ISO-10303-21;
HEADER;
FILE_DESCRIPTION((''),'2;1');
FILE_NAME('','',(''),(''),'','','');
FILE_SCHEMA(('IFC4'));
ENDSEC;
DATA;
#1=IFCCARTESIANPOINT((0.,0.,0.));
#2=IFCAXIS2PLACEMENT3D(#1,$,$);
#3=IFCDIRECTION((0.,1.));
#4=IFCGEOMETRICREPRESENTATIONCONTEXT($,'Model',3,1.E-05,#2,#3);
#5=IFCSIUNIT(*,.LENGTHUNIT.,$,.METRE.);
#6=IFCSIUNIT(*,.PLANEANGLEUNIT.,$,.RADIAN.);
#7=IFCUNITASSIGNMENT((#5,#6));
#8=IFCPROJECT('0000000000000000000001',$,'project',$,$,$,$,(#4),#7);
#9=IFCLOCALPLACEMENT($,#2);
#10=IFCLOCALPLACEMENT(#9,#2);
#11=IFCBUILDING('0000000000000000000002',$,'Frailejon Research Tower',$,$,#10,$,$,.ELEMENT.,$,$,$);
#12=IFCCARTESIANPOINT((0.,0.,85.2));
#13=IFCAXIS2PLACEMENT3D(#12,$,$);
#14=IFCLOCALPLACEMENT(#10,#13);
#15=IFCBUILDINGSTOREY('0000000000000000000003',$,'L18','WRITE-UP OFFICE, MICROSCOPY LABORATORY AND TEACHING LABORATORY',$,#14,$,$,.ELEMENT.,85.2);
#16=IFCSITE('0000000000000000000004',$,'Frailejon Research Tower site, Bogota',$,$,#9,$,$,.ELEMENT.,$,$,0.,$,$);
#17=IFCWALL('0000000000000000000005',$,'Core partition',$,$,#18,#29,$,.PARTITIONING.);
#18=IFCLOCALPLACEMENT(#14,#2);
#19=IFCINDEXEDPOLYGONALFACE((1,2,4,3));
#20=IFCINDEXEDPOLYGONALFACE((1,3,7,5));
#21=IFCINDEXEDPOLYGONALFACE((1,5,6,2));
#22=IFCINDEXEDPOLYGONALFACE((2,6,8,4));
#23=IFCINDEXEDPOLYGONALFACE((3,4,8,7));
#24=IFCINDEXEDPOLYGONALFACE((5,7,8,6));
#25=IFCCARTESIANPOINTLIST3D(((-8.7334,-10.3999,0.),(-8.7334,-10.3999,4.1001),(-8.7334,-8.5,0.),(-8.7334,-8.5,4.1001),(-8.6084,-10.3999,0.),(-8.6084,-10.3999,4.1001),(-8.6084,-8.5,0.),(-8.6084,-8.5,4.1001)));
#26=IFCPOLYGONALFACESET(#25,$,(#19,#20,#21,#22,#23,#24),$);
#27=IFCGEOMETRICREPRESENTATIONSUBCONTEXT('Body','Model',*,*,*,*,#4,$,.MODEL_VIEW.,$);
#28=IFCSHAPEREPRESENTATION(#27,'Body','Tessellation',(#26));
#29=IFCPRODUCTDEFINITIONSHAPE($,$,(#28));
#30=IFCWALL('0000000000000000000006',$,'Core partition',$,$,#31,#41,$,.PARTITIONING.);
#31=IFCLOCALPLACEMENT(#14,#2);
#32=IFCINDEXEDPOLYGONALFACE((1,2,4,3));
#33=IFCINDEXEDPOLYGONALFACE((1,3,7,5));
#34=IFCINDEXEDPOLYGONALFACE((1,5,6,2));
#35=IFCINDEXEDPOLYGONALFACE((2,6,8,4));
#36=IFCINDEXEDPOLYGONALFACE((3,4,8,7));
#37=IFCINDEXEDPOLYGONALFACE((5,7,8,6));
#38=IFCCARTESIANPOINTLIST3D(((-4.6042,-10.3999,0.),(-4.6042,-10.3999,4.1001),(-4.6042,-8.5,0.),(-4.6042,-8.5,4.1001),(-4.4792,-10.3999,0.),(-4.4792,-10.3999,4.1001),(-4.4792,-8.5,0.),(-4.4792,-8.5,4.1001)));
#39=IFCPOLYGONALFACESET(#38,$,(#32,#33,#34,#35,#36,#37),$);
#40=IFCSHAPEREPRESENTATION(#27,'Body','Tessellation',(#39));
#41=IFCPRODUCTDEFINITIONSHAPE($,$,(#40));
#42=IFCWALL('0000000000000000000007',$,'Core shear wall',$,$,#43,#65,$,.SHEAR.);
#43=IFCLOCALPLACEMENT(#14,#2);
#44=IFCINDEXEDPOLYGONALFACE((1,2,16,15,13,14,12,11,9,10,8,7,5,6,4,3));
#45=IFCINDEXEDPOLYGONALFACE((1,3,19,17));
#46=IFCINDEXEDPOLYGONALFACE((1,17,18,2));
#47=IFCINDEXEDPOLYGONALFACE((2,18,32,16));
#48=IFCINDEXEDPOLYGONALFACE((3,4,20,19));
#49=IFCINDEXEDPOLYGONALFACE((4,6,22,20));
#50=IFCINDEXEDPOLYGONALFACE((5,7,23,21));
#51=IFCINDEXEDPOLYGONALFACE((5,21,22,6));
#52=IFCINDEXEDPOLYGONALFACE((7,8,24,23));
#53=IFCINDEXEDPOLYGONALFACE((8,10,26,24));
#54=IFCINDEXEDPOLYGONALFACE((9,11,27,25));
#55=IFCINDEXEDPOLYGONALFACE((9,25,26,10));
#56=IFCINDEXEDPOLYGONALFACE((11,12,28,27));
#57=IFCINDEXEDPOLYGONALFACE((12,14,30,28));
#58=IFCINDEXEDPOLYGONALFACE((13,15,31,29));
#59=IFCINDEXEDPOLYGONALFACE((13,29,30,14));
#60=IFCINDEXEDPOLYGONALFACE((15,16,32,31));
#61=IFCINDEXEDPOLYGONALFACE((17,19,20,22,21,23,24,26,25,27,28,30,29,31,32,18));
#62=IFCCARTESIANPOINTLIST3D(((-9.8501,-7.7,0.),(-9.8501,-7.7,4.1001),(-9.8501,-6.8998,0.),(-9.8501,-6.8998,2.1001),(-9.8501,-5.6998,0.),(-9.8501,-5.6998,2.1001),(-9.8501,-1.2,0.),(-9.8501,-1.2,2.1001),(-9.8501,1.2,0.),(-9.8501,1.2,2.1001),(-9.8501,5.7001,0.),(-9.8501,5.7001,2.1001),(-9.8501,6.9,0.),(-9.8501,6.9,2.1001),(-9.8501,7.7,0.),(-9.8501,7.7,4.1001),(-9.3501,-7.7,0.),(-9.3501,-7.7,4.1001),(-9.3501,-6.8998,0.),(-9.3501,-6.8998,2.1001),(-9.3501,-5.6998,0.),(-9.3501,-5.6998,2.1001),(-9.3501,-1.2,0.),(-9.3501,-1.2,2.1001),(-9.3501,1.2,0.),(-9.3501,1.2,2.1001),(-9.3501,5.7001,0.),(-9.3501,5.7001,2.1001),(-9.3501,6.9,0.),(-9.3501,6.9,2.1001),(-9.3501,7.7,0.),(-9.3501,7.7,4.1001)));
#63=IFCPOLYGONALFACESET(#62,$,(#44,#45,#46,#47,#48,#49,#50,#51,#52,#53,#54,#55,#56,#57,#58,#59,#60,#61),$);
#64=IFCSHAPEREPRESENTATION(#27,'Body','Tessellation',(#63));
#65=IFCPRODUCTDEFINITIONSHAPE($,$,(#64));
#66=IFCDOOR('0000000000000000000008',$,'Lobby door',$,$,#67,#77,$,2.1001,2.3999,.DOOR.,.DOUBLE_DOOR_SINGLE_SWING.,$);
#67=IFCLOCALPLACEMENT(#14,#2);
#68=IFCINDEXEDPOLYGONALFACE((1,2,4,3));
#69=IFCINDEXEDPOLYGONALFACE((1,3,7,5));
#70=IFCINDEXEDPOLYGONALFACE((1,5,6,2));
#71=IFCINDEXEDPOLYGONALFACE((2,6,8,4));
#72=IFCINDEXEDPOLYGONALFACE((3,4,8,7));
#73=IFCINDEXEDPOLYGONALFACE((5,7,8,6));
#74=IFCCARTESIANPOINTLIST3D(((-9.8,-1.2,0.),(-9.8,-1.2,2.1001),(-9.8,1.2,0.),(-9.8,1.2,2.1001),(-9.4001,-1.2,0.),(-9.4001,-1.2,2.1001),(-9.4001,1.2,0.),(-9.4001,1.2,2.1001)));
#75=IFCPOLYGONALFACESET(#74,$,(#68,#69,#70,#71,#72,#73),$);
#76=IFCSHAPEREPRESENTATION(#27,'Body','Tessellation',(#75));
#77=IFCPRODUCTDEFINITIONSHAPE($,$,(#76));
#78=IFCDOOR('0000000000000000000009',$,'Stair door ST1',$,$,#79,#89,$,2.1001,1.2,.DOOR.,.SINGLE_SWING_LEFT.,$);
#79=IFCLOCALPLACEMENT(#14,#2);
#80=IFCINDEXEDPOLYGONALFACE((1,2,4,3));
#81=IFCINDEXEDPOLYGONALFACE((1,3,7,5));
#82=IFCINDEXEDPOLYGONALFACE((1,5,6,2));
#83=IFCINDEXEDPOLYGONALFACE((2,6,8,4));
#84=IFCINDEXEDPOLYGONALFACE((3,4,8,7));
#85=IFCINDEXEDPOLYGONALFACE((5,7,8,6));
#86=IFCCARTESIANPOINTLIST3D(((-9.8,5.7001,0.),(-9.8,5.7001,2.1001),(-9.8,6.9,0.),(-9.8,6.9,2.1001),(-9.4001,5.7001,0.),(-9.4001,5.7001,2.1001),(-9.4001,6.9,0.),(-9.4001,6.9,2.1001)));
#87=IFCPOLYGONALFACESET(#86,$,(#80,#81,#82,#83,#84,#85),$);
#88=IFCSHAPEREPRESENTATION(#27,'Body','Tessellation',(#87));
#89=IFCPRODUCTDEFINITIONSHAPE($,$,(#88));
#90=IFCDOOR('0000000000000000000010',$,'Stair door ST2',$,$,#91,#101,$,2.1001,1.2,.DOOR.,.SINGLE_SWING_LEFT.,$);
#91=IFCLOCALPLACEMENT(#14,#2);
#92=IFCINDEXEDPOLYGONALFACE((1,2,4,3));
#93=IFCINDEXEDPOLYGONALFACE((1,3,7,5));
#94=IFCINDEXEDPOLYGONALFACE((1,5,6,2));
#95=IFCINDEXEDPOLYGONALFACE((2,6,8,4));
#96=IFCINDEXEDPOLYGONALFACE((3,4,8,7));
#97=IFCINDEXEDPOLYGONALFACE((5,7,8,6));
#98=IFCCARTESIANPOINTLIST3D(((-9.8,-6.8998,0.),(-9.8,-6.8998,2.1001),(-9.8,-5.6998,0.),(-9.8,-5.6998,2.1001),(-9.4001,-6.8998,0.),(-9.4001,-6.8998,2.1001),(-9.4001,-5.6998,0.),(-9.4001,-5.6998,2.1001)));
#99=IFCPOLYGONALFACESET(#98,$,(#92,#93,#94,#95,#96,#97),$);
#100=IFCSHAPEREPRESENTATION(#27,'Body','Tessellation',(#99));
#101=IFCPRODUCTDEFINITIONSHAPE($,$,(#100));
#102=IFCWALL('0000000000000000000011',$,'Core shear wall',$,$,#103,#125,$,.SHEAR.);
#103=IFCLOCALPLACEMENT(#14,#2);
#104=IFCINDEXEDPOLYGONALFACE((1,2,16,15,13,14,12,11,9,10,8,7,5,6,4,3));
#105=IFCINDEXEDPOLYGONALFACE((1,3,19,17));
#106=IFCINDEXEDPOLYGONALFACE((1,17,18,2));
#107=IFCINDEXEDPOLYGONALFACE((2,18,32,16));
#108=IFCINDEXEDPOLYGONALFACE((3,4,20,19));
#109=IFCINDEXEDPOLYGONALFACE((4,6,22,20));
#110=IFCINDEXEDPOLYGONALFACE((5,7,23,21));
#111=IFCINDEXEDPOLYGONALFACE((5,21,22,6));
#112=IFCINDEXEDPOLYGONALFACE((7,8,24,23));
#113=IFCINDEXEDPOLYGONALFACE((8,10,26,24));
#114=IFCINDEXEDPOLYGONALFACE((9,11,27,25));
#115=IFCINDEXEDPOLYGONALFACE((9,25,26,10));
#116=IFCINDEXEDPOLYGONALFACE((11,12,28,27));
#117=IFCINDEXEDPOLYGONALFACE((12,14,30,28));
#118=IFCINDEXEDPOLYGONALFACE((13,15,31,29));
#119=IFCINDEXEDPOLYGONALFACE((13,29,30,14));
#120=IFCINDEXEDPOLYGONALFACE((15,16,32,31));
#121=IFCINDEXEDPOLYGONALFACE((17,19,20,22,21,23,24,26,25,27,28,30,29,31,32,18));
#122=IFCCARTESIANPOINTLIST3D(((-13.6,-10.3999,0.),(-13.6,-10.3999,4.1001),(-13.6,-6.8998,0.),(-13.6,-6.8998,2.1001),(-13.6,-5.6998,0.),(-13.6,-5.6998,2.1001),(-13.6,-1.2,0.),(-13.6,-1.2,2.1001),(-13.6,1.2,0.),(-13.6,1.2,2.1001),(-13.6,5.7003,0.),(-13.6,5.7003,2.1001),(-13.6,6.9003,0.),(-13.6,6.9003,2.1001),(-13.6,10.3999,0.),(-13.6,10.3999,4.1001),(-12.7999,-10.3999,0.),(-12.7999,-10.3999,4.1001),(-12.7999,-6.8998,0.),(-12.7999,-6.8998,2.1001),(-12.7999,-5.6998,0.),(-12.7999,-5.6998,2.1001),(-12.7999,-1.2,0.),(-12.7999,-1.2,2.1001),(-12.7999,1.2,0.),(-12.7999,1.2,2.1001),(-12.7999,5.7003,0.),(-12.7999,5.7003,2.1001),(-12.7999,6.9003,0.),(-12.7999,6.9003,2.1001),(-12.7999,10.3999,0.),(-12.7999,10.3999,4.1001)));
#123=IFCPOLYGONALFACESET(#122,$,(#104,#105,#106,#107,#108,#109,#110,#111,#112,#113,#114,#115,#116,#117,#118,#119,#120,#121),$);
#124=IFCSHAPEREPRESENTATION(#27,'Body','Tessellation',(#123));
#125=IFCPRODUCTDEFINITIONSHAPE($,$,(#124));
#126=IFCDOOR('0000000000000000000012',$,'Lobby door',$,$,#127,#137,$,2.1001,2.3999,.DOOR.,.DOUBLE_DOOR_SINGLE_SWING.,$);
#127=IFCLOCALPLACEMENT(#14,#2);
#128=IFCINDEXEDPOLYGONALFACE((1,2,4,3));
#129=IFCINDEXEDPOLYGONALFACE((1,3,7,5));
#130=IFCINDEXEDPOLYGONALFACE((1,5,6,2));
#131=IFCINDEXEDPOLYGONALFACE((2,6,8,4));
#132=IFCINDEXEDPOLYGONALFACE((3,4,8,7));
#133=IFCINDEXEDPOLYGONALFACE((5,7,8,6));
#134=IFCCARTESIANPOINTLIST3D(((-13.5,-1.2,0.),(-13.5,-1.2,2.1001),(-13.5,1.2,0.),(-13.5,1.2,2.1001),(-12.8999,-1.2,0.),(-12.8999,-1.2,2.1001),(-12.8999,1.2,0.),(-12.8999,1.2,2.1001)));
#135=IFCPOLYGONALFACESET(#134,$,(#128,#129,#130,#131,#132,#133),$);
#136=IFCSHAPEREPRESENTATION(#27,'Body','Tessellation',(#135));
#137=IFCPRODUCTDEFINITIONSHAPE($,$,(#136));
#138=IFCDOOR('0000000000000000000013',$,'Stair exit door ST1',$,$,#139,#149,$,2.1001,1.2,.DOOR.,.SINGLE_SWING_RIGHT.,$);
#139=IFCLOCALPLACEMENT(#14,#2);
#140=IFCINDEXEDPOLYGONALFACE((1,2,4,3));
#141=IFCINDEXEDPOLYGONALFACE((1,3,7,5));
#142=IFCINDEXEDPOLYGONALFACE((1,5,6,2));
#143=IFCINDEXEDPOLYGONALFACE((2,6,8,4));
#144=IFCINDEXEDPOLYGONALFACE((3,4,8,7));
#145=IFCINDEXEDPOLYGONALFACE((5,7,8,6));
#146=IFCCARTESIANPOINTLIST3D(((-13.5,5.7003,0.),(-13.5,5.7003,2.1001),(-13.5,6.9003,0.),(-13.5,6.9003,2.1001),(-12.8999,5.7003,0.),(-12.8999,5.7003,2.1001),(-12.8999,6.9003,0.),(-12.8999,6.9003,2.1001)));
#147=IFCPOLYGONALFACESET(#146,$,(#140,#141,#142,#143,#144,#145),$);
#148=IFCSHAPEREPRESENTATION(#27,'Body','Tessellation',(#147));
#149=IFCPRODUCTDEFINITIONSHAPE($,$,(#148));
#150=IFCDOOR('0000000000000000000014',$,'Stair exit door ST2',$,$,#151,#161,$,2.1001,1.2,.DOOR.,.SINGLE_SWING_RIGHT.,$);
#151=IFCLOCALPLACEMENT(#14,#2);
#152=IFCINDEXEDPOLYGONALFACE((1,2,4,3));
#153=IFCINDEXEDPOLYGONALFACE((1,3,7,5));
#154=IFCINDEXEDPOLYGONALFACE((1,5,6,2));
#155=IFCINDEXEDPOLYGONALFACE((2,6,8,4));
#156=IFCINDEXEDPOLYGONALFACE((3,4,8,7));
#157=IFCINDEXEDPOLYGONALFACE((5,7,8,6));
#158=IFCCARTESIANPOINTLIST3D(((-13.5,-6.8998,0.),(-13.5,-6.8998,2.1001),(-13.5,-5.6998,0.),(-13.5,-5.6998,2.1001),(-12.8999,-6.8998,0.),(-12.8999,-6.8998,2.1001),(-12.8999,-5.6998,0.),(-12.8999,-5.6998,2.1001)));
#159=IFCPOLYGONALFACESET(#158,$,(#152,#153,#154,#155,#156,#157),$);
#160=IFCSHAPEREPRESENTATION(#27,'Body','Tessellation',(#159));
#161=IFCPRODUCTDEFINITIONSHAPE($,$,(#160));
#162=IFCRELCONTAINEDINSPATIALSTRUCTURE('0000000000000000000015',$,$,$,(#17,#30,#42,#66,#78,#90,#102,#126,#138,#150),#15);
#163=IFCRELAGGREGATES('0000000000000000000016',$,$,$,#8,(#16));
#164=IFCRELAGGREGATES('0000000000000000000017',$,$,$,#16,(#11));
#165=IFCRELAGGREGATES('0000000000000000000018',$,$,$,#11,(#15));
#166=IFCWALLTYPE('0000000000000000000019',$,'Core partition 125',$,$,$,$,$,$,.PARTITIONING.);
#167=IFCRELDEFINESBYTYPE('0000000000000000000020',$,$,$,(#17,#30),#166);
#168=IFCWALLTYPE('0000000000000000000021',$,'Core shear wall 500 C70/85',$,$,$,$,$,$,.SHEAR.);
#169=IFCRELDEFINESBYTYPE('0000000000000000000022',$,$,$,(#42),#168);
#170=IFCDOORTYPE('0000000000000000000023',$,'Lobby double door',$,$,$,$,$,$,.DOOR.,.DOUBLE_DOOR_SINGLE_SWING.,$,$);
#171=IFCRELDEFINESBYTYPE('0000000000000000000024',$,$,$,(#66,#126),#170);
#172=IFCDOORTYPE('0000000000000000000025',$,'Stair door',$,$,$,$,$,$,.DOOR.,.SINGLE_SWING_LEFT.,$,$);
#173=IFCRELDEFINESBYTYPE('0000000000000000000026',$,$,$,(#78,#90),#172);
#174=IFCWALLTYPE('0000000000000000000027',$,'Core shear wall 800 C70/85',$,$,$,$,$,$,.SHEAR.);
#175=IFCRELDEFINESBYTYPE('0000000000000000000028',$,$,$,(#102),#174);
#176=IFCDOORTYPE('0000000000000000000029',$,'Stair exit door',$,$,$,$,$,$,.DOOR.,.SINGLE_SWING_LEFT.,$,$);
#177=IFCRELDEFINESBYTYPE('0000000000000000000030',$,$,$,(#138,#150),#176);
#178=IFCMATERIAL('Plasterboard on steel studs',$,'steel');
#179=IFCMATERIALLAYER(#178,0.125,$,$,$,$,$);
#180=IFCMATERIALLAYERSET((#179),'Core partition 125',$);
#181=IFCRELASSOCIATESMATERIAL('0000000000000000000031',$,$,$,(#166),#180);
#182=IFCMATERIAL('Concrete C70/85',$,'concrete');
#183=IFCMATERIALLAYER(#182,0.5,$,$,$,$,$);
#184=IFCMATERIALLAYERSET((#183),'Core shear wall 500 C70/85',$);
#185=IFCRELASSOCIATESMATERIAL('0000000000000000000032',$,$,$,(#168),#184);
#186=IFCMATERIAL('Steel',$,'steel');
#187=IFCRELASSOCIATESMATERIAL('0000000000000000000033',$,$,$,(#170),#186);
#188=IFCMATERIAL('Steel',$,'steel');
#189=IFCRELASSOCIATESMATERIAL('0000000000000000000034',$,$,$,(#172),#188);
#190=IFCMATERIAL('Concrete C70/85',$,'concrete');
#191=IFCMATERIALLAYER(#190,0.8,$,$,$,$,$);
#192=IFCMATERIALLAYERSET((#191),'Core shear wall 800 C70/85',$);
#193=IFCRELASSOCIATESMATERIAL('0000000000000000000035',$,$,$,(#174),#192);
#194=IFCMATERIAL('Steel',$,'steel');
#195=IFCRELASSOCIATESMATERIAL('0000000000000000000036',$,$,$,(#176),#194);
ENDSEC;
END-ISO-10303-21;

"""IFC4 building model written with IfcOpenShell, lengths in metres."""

from ifc_helpers import new_model, si_unit, direction, frame, frame_2d, origin, place, context, subcontext, project, spatial, rectangle, extrude, material, layer, layer_set, type_object, element, fill, save


model = new_model("IFC4")

# Units and contexts
model_context = context("Model", 3, precision=1e-05, world=origin(), true_north=direction((0.0, 1.0)))
body_context = subcontext(model_context, "Body", "Model", "MODEL_VIEW")
ifc_project = project(units=[si_unit("LENGTHUNIT", "METRE"), si_unit("PLANEANGLEUNIT", "RADIAN")], contexts=[model_context])

# Site, building, storey
site_placement = place(None, origin())
site = spatial("IfcSite", under=ifc_project, at=site_placement, Name="Frailejon Research Tower site, Bogota", CompositionType="ELEMENT", RefElevation=0.0)
building_placement = place(site_placement, origin())
building = spatial("IfcBuilding", under=site, at=building_placement, Name="Frailejon Research Tower", CompositionType="ELEMENT")
storey_placement = place(building_placement, frame((0.0, 0.0, 85.2)))
storey = spatial("IfcBuildingStorey", under=building, at=storey_placement, Name="L18", Description="WRITE-UP OFFICE, MICROSCOPY LABORATORY AND TEACHING LABORATORY", CompositionType="ELEMENT", Elevation=85.2)

# Walls
ifc_material_1 = material(Name="Plasterboard on steel studs", Category="steel")
ifc_layer_1 = layer(ifc_material_1, 0.125)
ifc_layer_set_1 = layer_set([ifc_layer_1], Name="Core partition 125")
wall_type_1 = type_object("IfcWallType", Name="Core partition 125", PredefinedType="PARTITIONING", material=ifc_layer_set_1)
for number, where, z_axis, x_axis, name in (
    (1, (-8.6709, -10.3999, 0.0), (0.0, 0.0, 1.0), (0.0, 1.0, 0.0), "Core partition"),
    (2, (-4.5417, -10.3999, 0.0), (0.0, 0.0, 1.0), (0.0, 1.0, 0.0), "Core partition"),
):
    element("IfcWall", number, at=place(storey_placement, frame(where, z_axis=z_axis, x_axis=x_axis)), inside=storey, type_object=wall_type_1, Name=name, PredefinedType="PARTITIONING", context=body_context, shape_type="SweptSolid", body=[
        extrude(rectangle(XDim=1.8999, YDim=0.125, at=frame_2d((0.95, 0.0))), origin(), (0.0, 0.0, 1.0), 4.1001),
    ])

# Walls, openings, doors
ifc_material_2 = material(Name="Concrete C70/85", Category="concrete")
ifc_layer_2 = layer(ifc_material_2, 0.5)
ifc_layer_set_2 = layer_set([ifc_layer_2], Name="Core shear wall 500 C70/85")
wall_type_2 = type_object("IfcWallType", Name="Core shear wall 500 C70/85", PredefinedType="SHEAR", material=ifc_layer_set_2)
wall_1_placement = place(storey_placement, frame((-9.6001, -7.7, 0.0), z_axis=(0.0, 0.0, 1.0), x_axis=(0.0, 1.0, 0.0)))
wall_1 = element("IfcWall", 3, at=wall_1_placement, inside=storey, type_object=wall_type_2, Name="Core shear wall", PredefinedType="SHEAR", context=body_context, shape_type="SweptSolid", body=[
    extrude(rectangle(XDim=15.3999, YDim=0.5, at=frame_2d((7.7, 0.0))), origin(), (0.0, 0.0, 1.0), 4.1001),
])
opening_1_placement = place(wall_1_placement, frame((6.5, 0.0, 0.0)))
opening_1 = element("IfcOpeningElement", 4, at=opening_1_placement, cuts=wall_1, PredefinedType="OPENING", context=body_context, shape_type="SweptSolid", body=[
    extrude(rectangle(XDim=2.3999, YDim=2.1001, at=frame_2d((1.2, 1.05))), frame((0.0, 0.26, 0.0), z_axis=(0.0, -1.0, 0.0), x_axis=(1.0, 0.0, 0.0)), (0.0, 0.0, 1.0), 0.52),
])
opening_2_placement = place(wall_1_placement, frame((13.3999, 0.0, 0.0)))
opening_2 = element("IfcOpeningElement", 5, at=opening_2_placement, cuts=wall_1, PredefinedType="OPENING", context=body_context, shape_type="SweptSolid", body=[
    extrude(rectangle(XDim=1.2, YDim=2.1001, at=frame_2d((0.6001, 1.05))), frame((0.0, 0.26, 0.0), z_axis=(0.0, -1.0, 0.0), x_axis=(1.0, 0.0, 0.0)), (0.0, 0.0, 1.0), 0.52),
])
opening_3_placement = place(wall_1_placement, frame((0.8, 0.0, 0.0)))
opening_3 = element("IfcOpeningElement", 6, at=opening_3_placement, cuts=wall_1, PredefinedType="OPENING", context=body_context, shape_type="SweptSolid", body=[
    extrude(rectangle(XDim=1.2, YDim=2.1001, at=frame_2d((0.6001, 1.05))), frame((0.0, 0.26, 0.0), z_axis=(0.0, -1.0, 0.0), x_axis=(1.0, 0.0, 0.0)), (0.0, 0.0, 1.0), 0.52),
])
ifc_material_3 = material(Name="Steel", Category="steel")
door_type_1 = type_object("IfcDoorType", Name="Lobby double door", OperationType="DOUBLE_DOOR_SINGLE_SWING", PredefinedType="DOOR", material=ifc_material_3)
door_1_placement = place(opening_1_placement, origin())
door_1 = element("IfcDoor", 7, at=door_1_placement, inside=storey, type_object=door_type_1, Name="Lobby door", OperationType="DOUBLE_DOOR_SINGLE_SWING", OverallHeight=2.1001, OverallWidth=2.3999, PredefinedType="DOOR", context=body_context, shape_type="SweptSolid", body=[
    extrude(rectangle(XDim=2.3999, YDim=2.1001, at=frame_2d((1.2, 1.05))), frame((0.0, 0.2, 0.0), z_axis=(0.0, -1.0, 0.0), x_axis=(1.0, 0.0, 0.0)), (0.0, 0.0, 1.0), 0.3999),
])
fill(opening_1, door_1)
ifc_material_4 = material(Name="Steel", Category="steel")
door_type_2 = type_object("IfcDoorType", Name="Stair door", OperationType="SINGLE_SWING_LEFT", PredefinedType="DOOR", material=ifc_material_4)
door_2_placement = place(opening_2_placement, origin())
door_2 = element("IfcDoor", 8, at=door_2_placement, inside=storey, type_object=door_type_2, Name="Stair door ST1", OperationType="SINGLE_SWING_LEFT", OverallHeight=2.1001, OverallWidth=1.2, PredefinedType="DOOR", context=body_context, shape_type="SweptSolid", body=[
    extrude(rectangle(XDim=1.2, YDim=2.1001, at=frame_2d((0.6001, 1.05))), frame((0.0, 0.2, 0.0), z_axis=(0.0, -1.0, 0.0), x_axis=(1.0, 0.0, 0.0)), (0.0, 0.0, 1.0), 0.3999),
])
fill(opening_2, door_2)
door_3_placement = place(opening_3_placement, origin())
door_3 = element("IfcDoor", 9, at=door_3_placement, inside=storey, type_object=door_type_2, Name="Stair door ST2", OperationType="SINGLE_SWING_LEFT", OverallHeight=2.1001, OverallWidth=1.2, PredefinedType="DOOR", context=body_context, shape_type="SweptSolid", body=[
    extrude(rectangle(XDim=1.2, YDim=2.1001, at=frame_2d((0.6001, 1.05))), frame((0.0, 0.2, 0.0), z_axis=(0.0, -1.0, 0.0), x_axis=(1.0, 0.0, 0.0)), (0.0, 0.0, 1.0), 0.3999),
])
fill(opening_3, door_3)
ifc_material_5 = material(Name="Concrete C70/85", Category="concrete")
ifc_layer_3 = layer(ifc_material_5, 0.8)
ifc_layer_set_3 = layer_set([ifc_layer_3], Name="Core shear wall 800 C70/85")
wall_type_3 = type_object("IfcWallType", Name="Core shear wall 800 C70/85", PredefinedType="SHEAR", material=ifc_layer_set_3)
wall_2_placement = place(storey_placement, frame((-13.2, -10.3999, 0.0), z_axis=(0.0, 0.0, 1.0), x_axis=(0.0, 1.0, 0.0)))
wall_2 = element("IfcWall", 10, at=wall_2_placement, inside=storey, type_object=wall_type_3, Name="Core shear wall", PredefinedType="SHEAR", context=body_context, shape_type="SweptSolid", body=[
    extrude(rectangle(XDim=20.7998, YDim=0.8, at=frame_2d((10.3999, 0.0))), origin(), (0.0, 0.0, 1.0), 4.1001),
])
opening_4_placement = place(wall_2_placement, frame((9.2, 0.0, 0.0)))
opening_4 = element("IfcOpeningElement", 11, at=opening_4_placement, cuts=wall_2, PredefinedType="OPENING", context=body_context, shape_type="SweptSolid", body=[
    extrude(rectangle(XDim=2.3999, YDim=2.1001, at=frame_2d((1.2, 1.05))), frame((0.0, 0.4099, 0.0), z_axis=(0.0, -1.0, 0.0), x_axis=(1.0, 0.0, 0.0)), (0.0, 0.0, 1.0), 0.8201),
])
opening_5_placement = place(wall_2_placement, frame((16.1001, 0.0, 0.0)))
opening_5 = element("IfcOpeningElement", 12, at=opening_5_placement, cuts=wall_2, PredefinedType="OPENING", context=body_context, shape_type="SweptSolid", body=[
    extrude(rectangle(XDim=1.2, YDim=2.1001, at=frame_2d((0.6001, 1.05))), frame((0.0, 0.4099, 0.0), z_axis=(0.0, -1.0, 0.0), x_axis=(1.0, 0.0, 0.0)), (0.0, 0.0, 1.0), 0.8201),
])
opening_6_placement = place(wall_2_placement, frame((3.5, 0.0, 0.0)))
opening_6 = element("IfcOpeningElement", 13, at=opening_6_placement, cuts=wall_2, PredefinedType="OPENING", context=body_context, shape_type="SweptSolid", body=[
    extrude(rectangle(XDim=1.2, YDim=2.1001, at=frame_2d((0.6001, 1.05))), frame((0.0, 0.4099, 0.0), z_axis=(0.0, -1.0, 0.0), x_axis=(1.0, 0.0, 0.0)), (0.0, 0.0, 1.0), 0.8201),
])
door_4_placement = place(opening_4_placement, origin())
door_4 = element("IfcDoor", 14, at=door_4_placement, inside=storey, type_object=door_type_1, Name="Lobby door", OperationType="DOUBLE_DOOR_SINGLE_SWING", OverallHeight=2.1001, OverallWidth=2.3999, PredefinedType="DOOR", context=body_context, shape_type="SweptSolid", body=[
    extrude(rectangle(XDim=2.3999, YDim=2.1001, at=frame_2d((1.2, 1.05))), frame((0.0, 0.3, 0.0), z_axis=(0.0, -1.0, 0.0), x_axis=(1.0, 0.0, 0.0)), (0.0, 0.0, 1.0), 0.6001),
])
fill(opening_4, door_4)
ifc_material_6 = material(Name="Steel", Category="steel")
door_type_3 = type_object("IfcDoorType", Name="Stair exit door", OperationType="SINGLE_SWING_LEFT", PredefinedType="DOOR", material=ifc_material_6)
door_5_placement = place(opening_5_placement, origin())
door_5 = element("IfcDoor", 15, at=door_5_placement, inside=storey, type_object=door_type_3, Name="Stair exit door ST1", OperationType="SINGLE_SWING_RIGHT", OverallHeight=2.1001, OverallWidth=1.2, PredefinedType="DOOR", context=body_context, shape_type="SweptSolid", body=[
    extrude(rectangle(XDim=1.2, YDim=2.1001, at=frame_2d((0.6001, 1.05))), frame((0.0, 0.3, 0.0), z_axis=(0.0, -1.0, 0.0), x_axis=(1.0, 0.0, 0.0)), (0.0, 0.0, 1.0), 0.6001),
])
fill(opening_5, door_5)
door_6_placement = place(opening_6_placement, origin())
door_6 = element("IfcDoor", 16, at=door_6_placement, inside=storey, type_object=door_type_3, Name="Stair exit door ST2", OperationType="SINGLE_SWING_RIGHT", OverallHeight=2.1001, OverallWidth=1.2, PredefinedType="DOOR", context=body_context, shape_type="SweptSolid", body=[
    extrude(rectangle(XDim=1.2, YDim=2.1001, at=frame_2d((0.6001, 1.05))), frame((0.0, 0.3, 0.0), z_axis=(0.0, -1.0, 0.0), x_axis=(1.0, 0.0, 0.0)), (0.0, 0.0, 1.0), 0.6001),
])
fill(opening_6, door_6)

save(model, "model.ifc")
